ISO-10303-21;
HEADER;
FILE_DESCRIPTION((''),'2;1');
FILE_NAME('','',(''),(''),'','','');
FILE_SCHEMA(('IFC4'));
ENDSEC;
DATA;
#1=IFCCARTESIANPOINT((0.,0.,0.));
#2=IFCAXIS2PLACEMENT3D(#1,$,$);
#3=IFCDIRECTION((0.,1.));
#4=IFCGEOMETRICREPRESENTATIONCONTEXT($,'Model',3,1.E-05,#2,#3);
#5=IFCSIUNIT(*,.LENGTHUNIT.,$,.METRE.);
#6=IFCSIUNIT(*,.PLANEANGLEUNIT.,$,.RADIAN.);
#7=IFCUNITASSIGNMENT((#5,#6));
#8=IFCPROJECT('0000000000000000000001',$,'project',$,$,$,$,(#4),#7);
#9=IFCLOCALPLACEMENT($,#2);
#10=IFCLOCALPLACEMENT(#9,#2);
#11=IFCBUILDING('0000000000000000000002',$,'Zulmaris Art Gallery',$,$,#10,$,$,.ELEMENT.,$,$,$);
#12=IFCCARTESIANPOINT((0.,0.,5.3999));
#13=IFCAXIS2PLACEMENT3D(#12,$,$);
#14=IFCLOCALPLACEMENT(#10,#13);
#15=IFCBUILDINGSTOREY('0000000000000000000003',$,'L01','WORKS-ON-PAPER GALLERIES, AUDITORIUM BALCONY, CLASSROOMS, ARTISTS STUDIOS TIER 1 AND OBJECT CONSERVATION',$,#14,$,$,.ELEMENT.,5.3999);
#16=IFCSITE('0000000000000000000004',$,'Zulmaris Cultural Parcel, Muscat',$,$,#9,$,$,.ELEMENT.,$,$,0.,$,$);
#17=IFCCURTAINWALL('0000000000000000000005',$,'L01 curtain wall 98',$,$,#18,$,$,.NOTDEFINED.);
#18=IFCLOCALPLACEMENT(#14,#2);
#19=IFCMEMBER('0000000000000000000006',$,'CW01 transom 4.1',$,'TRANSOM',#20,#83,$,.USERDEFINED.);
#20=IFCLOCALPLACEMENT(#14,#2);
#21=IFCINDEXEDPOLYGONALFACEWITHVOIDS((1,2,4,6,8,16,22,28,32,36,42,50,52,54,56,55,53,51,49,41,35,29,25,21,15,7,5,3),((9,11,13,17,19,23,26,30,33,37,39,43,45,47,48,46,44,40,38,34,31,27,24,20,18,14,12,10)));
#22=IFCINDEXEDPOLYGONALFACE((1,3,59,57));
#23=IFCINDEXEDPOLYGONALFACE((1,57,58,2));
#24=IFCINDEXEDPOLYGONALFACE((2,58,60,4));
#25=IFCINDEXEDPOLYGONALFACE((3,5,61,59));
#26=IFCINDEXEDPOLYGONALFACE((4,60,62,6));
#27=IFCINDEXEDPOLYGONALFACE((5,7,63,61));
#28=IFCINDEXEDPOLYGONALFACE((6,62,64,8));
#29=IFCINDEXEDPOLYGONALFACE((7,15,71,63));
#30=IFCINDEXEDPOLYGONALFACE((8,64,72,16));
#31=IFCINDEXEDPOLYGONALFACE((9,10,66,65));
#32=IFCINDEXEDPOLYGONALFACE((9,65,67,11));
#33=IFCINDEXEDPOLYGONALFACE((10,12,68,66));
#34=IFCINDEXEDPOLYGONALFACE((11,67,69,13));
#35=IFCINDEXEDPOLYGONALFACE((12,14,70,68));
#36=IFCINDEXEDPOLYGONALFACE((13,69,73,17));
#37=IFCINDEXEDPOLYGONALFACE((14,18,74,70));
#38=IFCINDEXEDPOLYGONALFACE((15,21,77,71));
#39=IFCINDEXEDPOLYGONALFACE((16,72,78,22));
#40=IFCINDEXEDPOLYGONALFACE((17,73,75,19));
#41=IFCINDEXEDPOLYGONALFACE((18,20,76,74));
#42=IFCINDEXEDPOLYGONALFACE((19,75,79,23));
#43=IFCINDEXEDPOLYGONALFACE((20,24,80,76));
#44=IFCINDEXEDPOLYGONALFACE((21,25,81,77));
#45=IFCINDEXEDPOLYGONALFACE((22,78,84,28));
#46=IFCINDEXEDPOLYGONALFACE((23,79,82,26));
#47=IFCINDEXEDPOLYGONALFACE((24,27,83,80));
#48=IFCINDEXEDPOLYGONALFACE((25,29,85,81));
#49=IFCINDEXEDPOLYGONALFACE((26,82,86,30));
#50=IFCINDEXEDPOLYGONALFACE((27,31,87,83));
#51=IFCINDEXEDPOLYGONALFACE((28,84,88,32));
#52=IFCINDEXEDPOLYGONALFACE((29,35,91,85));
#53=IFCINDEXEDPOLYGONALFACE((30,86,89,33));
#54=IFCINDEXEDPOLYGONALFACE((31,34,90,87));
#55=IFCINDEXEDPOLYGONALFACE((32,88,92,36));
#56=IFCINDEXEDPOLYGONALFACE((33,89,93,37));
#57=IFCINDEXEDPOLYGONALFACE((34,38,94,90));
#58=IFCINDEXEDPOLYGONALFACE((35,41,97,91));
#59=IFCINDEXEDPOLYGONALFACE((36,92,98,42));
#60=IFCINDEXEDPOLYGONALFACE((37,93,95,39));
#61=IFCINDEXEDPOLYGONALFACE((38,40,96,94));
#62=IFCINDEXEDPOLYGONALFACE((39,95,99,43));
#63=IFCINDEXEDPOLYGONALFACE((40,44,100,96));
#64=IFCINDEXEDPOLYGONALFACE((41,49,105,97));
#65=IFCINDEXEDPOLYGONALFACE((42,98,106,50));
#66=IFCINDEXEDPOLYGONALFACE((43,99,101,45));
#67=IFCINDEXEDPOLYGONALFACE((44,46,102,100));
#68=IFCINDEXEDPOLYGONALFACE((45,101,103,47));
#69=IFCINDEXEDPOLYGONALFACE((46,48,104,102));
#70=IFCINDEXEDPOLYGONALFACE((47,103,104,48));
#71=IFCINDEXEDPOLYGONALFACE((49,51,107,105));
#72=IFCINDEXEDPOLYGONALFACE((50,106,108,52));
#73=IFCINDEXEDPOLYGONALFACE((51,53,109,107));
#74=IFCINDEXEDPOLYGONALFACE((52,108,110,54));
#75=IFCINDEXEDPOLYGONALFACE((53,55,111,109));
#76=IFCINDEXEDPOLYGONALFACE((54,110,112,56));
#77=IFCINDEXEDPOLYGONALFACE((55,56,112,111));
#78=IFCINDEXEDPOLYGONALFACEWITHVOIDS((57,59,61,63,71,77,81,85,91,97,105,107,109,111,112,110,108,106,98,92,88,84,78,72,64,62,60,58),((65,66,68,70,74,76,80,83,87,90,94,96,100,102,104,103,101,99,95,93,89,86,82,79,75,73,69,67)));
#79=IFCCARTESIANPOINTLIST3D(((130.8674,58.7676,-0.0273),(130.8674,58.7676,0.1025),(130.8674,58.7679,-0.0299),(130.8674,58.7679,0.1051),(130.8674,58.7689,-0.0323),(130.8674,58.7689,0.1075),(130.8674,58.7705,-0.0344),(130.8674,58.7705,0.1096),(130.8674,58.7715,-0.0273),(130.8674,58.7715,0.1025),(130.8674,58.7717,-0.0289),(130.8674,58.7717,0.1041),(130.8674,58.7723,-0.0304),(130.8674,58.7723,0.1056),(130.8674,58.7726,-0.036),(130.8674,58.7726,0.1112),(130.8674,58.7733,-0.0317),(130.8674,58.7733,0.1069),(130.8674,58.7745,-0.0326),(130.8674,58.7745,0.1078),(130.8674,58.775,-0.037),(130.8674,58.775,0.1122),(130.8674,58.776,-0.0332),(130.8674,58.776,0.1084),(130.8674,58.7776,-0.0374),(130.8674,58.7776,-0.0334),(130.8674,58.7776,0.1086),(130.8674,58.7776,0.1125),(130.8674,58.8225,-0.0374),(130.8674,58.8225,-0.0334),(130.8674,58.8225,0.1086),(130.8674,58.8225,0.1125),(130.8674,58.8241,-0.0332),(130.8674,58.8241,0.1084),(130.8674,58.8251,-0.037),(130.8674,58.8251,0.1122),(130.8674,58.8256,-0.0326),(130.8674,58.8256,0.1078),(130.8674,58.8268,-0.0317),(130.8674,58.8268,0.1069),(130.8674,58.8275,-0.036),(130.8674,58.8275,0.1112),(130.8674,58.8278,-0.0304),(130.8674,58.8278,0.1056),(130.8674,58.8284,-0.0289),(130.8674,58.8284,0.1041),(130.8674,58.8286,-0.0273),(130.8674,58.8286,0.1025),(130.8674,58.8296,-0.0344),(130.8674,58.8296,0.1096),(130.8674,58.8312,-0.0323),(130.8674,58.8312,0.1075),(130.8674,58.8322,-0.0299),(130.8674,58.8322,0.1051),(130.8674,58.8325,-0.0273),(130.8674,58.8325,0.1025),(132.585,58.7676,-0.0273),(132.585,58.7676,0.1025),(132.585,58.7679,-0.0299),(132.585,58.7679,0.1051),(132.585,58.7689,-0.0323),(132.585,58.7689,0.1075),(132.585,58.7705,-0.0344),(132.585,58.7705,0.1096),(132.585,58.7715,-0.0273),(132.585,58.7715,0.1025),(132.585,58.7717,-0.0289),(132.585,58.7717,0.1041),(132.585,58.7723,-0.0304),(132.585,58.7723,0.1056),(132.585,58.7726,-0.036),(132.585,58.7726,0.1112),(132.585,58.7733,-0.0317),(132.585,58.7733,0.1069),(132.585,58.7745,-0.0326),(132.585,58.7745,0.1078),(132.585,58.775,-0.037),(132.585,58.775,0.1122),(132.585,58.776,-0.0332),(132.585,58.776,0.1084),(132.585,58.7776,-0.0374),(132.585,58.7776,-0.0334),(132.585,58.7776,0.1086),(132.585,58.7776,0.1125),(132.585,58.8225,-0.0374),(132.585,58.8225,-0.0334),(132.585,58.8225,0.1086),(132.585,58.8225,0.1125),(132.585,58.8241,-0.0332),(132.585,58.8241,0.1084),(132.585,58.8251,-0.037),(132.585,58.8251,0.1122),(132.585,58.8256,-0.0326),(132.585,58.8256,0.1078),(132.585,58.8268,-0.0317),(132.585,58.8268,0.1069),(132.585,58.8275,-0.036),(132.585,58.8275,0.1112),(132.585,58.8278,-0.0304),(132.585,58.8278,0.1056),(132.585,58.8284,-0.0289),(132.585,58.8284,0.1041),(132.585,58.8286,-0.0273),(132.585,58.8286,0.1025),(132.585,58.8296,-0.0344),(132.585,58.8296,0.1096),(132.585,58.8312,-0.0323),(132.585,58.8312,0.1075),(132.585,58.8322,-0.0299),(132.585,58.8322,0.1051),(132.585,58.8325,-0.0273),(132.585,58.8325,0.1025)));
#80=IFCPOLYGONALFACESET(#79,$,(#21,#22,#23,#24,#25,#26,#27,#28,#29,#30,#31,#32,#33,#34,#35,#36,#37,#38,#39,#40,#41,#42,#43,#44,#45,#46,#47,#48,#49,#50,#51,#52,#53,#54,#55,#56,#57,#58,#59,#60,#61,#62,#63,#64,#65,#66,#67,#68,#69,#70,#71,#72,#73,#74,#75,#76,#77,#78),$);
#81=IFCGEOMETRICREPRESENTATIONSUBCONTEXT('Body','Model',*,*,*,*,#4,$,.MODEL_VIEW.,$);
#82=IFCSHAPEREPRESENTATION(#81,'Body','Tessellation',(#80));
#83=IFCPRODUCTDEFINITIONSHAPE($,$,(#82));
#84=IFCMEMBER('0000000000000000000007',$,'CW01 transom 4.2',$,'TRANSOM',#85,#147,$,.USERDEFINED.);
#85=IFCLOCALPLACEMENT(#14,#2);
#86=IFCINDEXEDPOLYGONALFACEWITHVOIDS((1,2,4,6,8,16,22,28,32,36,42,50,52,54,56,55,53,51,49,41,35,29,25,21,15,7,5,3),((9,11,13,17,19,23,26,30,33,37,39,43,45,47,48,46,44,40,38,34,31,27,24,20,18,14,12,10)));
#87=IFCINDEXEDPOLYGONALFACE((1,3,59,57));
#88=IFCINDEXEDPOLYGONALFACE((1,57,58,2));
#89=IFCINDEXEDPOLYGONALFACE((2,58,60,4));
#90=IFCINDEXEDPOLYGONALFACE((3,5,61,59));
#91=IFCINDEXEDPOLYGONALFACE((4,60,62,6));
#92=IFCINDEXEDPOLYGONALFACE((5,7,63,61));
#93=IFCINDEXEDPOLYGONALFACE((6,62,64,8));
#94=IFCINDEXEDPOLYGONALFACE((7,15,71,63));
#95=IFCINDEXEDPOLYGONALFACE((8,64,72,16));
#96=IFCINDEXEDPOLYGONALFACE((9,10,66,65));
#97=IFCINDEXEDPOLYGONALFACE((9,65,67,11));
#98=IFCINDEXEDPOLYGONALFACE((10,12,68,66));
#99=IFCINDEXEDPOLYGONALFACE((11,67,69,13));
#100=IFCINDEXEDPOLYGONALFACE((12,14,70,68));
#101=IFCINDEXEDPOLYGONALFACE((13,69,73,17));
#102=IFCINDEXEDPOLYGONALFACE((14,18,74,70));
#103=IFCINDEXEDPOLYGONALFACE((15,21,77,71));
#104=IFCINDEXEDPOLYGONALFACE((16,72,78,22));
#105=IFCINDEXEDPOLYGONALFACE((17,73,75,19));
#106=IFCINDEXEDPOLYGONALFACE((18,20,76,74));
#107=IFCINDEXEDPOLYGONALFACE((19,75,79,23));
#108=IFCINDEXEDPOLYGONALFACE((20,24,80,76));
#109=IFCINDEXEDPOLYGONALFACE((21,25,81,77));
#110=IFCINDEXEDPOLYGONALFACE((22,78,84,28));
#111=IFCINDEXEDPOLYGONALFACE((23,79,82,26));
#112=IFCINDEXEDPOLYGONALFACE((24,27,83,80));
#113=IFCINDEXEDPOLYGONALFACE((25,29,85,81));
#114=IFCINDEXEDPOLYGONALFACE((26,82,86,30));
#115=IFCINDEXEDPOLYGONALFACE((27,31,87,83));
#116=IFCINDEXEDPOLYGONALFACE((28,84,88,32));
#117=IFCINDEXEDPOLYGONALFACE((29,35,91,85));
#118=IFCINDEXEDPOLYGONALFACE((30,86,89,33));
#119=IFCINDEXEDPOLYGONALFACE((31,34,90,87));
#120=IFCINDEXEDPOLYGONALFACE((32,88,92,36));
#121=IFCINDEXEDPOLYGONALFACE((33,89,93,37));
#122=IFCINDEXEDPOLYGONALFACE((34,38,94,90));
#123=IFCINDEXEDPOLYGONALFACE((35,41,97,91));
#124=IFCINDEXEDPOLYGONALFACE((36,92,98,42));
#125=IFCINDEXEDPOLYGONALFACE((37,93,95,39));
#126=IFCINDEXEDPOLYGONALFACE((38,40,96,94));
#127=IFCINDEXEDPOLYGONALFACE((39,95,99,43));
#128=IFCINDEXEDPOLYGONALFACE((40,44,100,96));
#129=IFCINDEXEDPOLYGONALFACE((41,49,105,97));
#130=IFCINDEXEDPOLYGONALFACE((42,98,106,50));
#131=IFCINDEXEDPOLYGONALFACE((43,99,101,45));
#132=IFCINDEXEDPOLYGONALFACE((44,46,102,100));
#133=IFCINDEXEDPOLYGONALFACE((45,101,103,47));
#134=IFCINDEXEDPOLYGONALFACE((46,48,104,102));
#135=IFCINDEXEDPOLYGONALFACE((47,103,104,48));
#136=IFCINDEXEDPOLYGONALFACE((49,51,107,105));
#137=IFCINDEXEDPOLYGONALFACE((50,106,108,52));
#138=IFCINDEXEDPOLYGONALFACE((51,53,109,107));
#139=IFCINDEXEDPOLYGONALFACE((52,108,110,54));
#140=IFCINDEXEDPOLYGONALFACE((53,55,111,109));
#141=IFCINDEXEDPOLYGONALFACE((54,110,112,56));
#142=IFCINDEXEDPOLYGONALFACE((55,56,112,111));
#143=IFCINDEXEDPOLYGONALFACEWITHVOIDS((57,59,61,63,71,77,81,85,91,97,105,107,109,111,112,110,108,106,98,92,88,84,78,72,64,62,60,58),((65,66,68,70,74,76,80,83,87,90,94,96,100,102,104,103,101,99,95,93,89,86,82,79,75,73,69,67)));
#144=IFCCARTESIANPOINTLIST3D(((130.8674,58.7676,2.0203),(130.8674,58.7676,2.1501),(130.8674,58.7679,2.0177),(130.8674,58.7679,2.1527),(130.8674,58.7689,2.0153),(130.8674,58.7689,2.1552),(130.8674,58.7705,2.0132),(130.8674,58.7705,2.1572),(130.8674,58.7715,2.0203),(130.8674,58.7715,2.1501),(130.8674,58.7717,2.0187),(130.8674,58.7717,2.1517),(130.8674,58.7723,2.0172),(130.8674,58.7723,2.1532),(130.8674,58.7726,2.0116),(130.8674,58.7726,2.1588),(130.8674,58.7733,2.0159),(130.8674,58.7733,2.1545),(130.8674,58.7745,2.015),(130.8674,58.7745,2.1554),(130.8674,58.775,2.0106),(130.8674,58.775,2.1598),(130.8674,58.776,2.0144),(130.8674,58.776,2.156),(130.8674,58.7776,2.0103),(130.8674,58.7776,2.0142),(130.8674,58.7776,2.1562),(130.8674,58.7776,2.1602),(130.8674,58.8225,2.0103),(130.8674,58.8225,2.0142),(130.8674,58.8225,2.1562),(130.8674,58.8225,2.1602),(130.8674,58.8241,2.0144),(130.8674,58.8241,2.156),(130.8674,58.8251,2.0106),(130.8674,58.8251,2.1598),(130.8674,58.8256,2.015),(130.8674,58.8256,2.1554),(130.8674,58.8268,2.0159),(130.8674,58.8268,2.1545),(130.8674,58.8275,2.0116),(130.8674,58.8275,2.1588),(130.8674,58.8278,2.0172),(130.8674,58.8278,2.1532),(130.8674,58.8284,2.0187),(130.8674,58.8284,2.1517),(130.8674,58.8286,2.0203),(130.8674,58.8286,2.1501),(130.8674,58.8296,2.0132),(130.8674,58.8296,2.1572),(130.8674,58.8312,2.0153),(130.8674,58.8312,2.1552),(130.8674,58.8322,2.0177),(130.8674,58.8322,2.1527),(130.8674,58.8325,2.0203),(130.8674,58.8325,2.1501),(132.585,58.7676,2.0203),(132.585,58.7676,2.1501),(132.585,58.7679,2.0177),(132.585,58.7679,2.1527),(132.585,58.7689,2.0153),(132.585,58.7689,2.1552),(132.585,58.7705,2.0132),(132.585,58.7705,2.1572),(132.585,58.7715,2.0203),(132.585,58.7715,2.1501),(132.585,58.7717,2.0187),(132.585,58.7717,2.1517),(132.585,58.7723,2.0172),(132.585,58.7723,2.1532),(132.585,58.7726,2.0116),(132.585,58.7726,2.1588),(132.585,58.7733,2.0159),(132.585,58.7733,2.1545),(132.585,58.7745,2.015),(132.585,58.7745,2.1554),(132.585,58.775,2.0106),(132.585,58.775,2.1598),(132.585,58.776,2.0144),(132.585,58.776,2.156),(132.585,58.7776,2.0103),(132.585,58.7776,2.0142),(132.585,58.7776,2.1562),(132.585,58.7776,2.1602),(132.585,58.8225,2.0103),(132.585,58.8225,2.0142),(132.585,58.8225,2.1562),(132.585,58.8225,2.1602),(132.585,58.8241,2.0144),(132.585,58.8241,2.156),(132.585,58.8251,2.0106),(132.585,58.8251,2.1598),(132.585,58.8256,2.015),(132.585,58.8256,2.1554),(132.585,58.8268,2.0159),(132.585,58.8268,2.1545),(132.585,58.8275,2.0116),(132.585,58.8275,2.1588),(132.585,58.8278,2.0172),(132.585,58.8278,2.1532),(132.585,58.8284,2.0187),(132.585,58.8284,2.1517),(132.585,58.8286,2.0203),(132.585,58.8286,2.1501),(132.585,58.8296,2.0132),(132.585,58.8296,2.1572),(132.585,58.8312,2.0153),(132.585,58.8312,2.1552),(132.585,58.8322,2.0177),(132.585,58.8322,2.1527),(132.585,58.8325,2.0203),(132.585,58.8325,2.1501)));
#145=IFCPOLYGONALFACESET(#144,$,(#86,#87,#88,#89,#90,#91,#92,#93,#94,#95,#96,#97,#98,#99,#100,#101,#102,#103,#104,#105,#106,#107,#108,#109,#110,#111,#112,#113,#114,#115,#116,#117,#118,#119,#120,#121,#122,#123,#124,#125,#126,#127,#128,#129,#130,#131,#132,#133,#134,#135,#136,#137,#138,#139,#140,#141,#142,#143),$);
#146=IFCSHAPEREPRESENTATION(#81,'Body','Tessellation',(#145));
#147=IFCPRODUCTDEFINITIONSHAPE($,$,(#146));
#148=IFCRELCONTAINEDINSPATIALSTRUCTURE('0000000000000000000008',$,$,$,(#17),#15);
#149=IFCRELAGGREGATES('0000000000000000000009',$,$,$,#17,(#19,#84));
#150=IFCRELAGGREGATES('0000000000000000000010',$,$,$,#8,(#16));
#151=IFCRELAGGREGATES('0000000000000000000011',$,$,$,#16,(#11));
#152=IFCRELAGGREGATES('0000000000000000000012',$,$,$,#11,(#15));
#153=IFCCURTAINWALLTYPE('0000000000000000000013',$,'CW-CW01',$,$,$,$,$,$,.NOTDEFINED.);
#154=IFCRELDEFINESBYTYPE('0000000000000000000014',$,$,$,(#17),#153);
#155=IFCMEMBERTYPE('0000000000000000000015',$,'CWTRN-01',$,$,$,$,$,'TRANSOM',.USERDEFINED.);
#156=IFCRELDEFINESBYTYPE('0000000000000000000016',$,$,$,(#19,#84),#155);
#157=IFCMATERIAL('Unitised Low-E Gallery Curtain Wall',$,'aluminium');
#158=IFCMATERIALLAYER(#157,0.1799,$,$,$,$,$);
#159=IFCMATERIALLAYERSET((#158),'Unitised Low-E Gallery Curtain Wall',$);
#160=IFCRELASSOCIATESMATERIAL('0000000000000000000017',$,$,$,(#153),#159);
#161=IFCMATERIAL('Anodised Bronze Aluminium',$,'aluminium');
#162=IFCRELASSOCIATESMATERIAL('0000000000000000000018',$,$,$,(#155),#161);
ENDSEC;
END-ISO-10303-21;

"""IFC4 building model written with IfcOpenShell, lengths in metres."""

from ifc_helpers import new_model, si_unit, direction, frame, origin, origin_2d, place, context, subcontext, project, spatial, hollow_rectangle, extrude, material, layer, layer_set, material_profile, profile_set, type_object, element, aggregate, save


model = new_model("IFC4")

# Units and contexts
model_context = context("Model", 3, precision=1e-05, world=origin(), true_north=direction((0.0, 1.0)))
body_context = subcontext(model_context, "Body", "Model", "MODEL_VIEW")
ifc_project = project(units=[si_unit("LENGTHUNIT", "METRE"), si_unit("PLANEANGLEUNIT", "RADIAN")], contexts=[model_context])

# Site, building, storey
site_placement = place(None, origin())
site = spatial("IfcSite", under=ifc_project, at=site_placement, Name="Zulmaris Cultural Parcel, Muscat", CompositionType="ELEMENT", RefElevation=0.0)
building_placement = place(site_placement, origin())
building = spatial("IfcBuilding", under=site, at=building_placement, Name="Zulmaris Art Gallery", CompositionType="ELEMENT")
storey_placement = place(building_placement, frame((0.0, 0.0, 5.3999)))
storey = spatial("IfcBuildingStorey", under=building, at=storey_placement, Name="L01", Description="WORKS-ON-PAPER GALLERIES, AUDITORIUM BALCONY, CLASSROOMS, ARTISTS STUDIOS TIER 1 AND OBJECT CONSERVATION", CompositionType="ELEMENT", Elevation=5.3999)

# Curtain wall
ifc_material_1 = material(Name="Unitised Low-E Gallery Curtain Wall", Category="aluminium")
ifc_layer_1 = layer(ifc_material_1, 0.1799)
ifc_layer_set_1 = layer_set([ifc_layer_1], Name="Unitised Low-E Gallery Curtain Wall")
curtain_wall_type = type_object("IfcCurtainWallType", Name="CW-CW01", PredefinedType="NOTDEFINED", material=ifc_layer_set_1)
curtain_wall_1_placement = place(storey_placement, origin())
curtain_wall_1 = element("IfcCurtainWall", 1, at=curtain_wall_1_placement, inside=storey, type_object=curtain_wall_type, Name="L01 curtain wall 98", PredefinedType="NOTDEFINED")
ifc_material_2 = material(Name="Anodised Bronze Aluminium", Category="aluminium")

# Members
ifc_material_profile_1 = material_profile(ifc_material_2, hollow_rectangle(XDim=0.0649, YDim=0.1499, WallThickness=0.0039, InnerFilletRadius=0.0061, OuterFilletRadius=0.01, at=origin_2d()), Name="ALU 65x150x4")
ifc_profile_set_1 = profile_set([ifc_material_profile_1], Name="Anodised Bronze Aluminium")
member_type_1 = type_object("IfcMemberType", Name="CWTRN-01", ElementType="TRANSOM", PredefinedType="USERDEFINED", material=ifc_profile_set_1)
member_1_placement = place(storey_placement, frame((130.8674, 58.8, 0.0376), z_axis=(1.0, 0.0, 0.0), x_axis=(0.0, 1.0, 0.0)))
member_1 = element("IfcMember", 2, at=member_1_placement, type_object=member_type_1, Name="CW01 transom 4.1", ObjectType="TRANSOM", PredefinedType="USERDEFINED", context=body_context, shape_type="SweptSolid", body=[
    extrude(hollow_rectangle(XDim=0.0649, YDim=0.1499, WallThickness=0.0039, InnerFilletRadius=0.0061, OuterFilletRadius=0.01, at=origin_2d()), origin(), (0.0, 0.0, 1.0), 1.7175),
])
member_2_placement = place(storey_placement, frame((130.8674, 58.8, 2.0852), z_axis=(1.0, 0.0, 0.0), x_axis=(0.0, 1.0, 0.0)))
member_2 = element("IfcMember", 3, at=member_2_placement, type_object=member_type_1, Name="CW01 transom 4.2", ObjectType="TRANSOM", PredefinedType="USERDEFINED", context=body_context, shape_type="SweptSolid", body=[
    extrude(hollow_rectangle(XDim=0.0649, YDim=0.1499, WallThickness=0.0039, InnerFilletRadius=0.0061, OuterFilletRadius=0.01, at=origin_2d()), origin(), (0.0, 0.0, 1.0), 1.7175),
])

aggregate(curtain_wall_1, [member_1, member_2])

save(model, "model.ifc")
